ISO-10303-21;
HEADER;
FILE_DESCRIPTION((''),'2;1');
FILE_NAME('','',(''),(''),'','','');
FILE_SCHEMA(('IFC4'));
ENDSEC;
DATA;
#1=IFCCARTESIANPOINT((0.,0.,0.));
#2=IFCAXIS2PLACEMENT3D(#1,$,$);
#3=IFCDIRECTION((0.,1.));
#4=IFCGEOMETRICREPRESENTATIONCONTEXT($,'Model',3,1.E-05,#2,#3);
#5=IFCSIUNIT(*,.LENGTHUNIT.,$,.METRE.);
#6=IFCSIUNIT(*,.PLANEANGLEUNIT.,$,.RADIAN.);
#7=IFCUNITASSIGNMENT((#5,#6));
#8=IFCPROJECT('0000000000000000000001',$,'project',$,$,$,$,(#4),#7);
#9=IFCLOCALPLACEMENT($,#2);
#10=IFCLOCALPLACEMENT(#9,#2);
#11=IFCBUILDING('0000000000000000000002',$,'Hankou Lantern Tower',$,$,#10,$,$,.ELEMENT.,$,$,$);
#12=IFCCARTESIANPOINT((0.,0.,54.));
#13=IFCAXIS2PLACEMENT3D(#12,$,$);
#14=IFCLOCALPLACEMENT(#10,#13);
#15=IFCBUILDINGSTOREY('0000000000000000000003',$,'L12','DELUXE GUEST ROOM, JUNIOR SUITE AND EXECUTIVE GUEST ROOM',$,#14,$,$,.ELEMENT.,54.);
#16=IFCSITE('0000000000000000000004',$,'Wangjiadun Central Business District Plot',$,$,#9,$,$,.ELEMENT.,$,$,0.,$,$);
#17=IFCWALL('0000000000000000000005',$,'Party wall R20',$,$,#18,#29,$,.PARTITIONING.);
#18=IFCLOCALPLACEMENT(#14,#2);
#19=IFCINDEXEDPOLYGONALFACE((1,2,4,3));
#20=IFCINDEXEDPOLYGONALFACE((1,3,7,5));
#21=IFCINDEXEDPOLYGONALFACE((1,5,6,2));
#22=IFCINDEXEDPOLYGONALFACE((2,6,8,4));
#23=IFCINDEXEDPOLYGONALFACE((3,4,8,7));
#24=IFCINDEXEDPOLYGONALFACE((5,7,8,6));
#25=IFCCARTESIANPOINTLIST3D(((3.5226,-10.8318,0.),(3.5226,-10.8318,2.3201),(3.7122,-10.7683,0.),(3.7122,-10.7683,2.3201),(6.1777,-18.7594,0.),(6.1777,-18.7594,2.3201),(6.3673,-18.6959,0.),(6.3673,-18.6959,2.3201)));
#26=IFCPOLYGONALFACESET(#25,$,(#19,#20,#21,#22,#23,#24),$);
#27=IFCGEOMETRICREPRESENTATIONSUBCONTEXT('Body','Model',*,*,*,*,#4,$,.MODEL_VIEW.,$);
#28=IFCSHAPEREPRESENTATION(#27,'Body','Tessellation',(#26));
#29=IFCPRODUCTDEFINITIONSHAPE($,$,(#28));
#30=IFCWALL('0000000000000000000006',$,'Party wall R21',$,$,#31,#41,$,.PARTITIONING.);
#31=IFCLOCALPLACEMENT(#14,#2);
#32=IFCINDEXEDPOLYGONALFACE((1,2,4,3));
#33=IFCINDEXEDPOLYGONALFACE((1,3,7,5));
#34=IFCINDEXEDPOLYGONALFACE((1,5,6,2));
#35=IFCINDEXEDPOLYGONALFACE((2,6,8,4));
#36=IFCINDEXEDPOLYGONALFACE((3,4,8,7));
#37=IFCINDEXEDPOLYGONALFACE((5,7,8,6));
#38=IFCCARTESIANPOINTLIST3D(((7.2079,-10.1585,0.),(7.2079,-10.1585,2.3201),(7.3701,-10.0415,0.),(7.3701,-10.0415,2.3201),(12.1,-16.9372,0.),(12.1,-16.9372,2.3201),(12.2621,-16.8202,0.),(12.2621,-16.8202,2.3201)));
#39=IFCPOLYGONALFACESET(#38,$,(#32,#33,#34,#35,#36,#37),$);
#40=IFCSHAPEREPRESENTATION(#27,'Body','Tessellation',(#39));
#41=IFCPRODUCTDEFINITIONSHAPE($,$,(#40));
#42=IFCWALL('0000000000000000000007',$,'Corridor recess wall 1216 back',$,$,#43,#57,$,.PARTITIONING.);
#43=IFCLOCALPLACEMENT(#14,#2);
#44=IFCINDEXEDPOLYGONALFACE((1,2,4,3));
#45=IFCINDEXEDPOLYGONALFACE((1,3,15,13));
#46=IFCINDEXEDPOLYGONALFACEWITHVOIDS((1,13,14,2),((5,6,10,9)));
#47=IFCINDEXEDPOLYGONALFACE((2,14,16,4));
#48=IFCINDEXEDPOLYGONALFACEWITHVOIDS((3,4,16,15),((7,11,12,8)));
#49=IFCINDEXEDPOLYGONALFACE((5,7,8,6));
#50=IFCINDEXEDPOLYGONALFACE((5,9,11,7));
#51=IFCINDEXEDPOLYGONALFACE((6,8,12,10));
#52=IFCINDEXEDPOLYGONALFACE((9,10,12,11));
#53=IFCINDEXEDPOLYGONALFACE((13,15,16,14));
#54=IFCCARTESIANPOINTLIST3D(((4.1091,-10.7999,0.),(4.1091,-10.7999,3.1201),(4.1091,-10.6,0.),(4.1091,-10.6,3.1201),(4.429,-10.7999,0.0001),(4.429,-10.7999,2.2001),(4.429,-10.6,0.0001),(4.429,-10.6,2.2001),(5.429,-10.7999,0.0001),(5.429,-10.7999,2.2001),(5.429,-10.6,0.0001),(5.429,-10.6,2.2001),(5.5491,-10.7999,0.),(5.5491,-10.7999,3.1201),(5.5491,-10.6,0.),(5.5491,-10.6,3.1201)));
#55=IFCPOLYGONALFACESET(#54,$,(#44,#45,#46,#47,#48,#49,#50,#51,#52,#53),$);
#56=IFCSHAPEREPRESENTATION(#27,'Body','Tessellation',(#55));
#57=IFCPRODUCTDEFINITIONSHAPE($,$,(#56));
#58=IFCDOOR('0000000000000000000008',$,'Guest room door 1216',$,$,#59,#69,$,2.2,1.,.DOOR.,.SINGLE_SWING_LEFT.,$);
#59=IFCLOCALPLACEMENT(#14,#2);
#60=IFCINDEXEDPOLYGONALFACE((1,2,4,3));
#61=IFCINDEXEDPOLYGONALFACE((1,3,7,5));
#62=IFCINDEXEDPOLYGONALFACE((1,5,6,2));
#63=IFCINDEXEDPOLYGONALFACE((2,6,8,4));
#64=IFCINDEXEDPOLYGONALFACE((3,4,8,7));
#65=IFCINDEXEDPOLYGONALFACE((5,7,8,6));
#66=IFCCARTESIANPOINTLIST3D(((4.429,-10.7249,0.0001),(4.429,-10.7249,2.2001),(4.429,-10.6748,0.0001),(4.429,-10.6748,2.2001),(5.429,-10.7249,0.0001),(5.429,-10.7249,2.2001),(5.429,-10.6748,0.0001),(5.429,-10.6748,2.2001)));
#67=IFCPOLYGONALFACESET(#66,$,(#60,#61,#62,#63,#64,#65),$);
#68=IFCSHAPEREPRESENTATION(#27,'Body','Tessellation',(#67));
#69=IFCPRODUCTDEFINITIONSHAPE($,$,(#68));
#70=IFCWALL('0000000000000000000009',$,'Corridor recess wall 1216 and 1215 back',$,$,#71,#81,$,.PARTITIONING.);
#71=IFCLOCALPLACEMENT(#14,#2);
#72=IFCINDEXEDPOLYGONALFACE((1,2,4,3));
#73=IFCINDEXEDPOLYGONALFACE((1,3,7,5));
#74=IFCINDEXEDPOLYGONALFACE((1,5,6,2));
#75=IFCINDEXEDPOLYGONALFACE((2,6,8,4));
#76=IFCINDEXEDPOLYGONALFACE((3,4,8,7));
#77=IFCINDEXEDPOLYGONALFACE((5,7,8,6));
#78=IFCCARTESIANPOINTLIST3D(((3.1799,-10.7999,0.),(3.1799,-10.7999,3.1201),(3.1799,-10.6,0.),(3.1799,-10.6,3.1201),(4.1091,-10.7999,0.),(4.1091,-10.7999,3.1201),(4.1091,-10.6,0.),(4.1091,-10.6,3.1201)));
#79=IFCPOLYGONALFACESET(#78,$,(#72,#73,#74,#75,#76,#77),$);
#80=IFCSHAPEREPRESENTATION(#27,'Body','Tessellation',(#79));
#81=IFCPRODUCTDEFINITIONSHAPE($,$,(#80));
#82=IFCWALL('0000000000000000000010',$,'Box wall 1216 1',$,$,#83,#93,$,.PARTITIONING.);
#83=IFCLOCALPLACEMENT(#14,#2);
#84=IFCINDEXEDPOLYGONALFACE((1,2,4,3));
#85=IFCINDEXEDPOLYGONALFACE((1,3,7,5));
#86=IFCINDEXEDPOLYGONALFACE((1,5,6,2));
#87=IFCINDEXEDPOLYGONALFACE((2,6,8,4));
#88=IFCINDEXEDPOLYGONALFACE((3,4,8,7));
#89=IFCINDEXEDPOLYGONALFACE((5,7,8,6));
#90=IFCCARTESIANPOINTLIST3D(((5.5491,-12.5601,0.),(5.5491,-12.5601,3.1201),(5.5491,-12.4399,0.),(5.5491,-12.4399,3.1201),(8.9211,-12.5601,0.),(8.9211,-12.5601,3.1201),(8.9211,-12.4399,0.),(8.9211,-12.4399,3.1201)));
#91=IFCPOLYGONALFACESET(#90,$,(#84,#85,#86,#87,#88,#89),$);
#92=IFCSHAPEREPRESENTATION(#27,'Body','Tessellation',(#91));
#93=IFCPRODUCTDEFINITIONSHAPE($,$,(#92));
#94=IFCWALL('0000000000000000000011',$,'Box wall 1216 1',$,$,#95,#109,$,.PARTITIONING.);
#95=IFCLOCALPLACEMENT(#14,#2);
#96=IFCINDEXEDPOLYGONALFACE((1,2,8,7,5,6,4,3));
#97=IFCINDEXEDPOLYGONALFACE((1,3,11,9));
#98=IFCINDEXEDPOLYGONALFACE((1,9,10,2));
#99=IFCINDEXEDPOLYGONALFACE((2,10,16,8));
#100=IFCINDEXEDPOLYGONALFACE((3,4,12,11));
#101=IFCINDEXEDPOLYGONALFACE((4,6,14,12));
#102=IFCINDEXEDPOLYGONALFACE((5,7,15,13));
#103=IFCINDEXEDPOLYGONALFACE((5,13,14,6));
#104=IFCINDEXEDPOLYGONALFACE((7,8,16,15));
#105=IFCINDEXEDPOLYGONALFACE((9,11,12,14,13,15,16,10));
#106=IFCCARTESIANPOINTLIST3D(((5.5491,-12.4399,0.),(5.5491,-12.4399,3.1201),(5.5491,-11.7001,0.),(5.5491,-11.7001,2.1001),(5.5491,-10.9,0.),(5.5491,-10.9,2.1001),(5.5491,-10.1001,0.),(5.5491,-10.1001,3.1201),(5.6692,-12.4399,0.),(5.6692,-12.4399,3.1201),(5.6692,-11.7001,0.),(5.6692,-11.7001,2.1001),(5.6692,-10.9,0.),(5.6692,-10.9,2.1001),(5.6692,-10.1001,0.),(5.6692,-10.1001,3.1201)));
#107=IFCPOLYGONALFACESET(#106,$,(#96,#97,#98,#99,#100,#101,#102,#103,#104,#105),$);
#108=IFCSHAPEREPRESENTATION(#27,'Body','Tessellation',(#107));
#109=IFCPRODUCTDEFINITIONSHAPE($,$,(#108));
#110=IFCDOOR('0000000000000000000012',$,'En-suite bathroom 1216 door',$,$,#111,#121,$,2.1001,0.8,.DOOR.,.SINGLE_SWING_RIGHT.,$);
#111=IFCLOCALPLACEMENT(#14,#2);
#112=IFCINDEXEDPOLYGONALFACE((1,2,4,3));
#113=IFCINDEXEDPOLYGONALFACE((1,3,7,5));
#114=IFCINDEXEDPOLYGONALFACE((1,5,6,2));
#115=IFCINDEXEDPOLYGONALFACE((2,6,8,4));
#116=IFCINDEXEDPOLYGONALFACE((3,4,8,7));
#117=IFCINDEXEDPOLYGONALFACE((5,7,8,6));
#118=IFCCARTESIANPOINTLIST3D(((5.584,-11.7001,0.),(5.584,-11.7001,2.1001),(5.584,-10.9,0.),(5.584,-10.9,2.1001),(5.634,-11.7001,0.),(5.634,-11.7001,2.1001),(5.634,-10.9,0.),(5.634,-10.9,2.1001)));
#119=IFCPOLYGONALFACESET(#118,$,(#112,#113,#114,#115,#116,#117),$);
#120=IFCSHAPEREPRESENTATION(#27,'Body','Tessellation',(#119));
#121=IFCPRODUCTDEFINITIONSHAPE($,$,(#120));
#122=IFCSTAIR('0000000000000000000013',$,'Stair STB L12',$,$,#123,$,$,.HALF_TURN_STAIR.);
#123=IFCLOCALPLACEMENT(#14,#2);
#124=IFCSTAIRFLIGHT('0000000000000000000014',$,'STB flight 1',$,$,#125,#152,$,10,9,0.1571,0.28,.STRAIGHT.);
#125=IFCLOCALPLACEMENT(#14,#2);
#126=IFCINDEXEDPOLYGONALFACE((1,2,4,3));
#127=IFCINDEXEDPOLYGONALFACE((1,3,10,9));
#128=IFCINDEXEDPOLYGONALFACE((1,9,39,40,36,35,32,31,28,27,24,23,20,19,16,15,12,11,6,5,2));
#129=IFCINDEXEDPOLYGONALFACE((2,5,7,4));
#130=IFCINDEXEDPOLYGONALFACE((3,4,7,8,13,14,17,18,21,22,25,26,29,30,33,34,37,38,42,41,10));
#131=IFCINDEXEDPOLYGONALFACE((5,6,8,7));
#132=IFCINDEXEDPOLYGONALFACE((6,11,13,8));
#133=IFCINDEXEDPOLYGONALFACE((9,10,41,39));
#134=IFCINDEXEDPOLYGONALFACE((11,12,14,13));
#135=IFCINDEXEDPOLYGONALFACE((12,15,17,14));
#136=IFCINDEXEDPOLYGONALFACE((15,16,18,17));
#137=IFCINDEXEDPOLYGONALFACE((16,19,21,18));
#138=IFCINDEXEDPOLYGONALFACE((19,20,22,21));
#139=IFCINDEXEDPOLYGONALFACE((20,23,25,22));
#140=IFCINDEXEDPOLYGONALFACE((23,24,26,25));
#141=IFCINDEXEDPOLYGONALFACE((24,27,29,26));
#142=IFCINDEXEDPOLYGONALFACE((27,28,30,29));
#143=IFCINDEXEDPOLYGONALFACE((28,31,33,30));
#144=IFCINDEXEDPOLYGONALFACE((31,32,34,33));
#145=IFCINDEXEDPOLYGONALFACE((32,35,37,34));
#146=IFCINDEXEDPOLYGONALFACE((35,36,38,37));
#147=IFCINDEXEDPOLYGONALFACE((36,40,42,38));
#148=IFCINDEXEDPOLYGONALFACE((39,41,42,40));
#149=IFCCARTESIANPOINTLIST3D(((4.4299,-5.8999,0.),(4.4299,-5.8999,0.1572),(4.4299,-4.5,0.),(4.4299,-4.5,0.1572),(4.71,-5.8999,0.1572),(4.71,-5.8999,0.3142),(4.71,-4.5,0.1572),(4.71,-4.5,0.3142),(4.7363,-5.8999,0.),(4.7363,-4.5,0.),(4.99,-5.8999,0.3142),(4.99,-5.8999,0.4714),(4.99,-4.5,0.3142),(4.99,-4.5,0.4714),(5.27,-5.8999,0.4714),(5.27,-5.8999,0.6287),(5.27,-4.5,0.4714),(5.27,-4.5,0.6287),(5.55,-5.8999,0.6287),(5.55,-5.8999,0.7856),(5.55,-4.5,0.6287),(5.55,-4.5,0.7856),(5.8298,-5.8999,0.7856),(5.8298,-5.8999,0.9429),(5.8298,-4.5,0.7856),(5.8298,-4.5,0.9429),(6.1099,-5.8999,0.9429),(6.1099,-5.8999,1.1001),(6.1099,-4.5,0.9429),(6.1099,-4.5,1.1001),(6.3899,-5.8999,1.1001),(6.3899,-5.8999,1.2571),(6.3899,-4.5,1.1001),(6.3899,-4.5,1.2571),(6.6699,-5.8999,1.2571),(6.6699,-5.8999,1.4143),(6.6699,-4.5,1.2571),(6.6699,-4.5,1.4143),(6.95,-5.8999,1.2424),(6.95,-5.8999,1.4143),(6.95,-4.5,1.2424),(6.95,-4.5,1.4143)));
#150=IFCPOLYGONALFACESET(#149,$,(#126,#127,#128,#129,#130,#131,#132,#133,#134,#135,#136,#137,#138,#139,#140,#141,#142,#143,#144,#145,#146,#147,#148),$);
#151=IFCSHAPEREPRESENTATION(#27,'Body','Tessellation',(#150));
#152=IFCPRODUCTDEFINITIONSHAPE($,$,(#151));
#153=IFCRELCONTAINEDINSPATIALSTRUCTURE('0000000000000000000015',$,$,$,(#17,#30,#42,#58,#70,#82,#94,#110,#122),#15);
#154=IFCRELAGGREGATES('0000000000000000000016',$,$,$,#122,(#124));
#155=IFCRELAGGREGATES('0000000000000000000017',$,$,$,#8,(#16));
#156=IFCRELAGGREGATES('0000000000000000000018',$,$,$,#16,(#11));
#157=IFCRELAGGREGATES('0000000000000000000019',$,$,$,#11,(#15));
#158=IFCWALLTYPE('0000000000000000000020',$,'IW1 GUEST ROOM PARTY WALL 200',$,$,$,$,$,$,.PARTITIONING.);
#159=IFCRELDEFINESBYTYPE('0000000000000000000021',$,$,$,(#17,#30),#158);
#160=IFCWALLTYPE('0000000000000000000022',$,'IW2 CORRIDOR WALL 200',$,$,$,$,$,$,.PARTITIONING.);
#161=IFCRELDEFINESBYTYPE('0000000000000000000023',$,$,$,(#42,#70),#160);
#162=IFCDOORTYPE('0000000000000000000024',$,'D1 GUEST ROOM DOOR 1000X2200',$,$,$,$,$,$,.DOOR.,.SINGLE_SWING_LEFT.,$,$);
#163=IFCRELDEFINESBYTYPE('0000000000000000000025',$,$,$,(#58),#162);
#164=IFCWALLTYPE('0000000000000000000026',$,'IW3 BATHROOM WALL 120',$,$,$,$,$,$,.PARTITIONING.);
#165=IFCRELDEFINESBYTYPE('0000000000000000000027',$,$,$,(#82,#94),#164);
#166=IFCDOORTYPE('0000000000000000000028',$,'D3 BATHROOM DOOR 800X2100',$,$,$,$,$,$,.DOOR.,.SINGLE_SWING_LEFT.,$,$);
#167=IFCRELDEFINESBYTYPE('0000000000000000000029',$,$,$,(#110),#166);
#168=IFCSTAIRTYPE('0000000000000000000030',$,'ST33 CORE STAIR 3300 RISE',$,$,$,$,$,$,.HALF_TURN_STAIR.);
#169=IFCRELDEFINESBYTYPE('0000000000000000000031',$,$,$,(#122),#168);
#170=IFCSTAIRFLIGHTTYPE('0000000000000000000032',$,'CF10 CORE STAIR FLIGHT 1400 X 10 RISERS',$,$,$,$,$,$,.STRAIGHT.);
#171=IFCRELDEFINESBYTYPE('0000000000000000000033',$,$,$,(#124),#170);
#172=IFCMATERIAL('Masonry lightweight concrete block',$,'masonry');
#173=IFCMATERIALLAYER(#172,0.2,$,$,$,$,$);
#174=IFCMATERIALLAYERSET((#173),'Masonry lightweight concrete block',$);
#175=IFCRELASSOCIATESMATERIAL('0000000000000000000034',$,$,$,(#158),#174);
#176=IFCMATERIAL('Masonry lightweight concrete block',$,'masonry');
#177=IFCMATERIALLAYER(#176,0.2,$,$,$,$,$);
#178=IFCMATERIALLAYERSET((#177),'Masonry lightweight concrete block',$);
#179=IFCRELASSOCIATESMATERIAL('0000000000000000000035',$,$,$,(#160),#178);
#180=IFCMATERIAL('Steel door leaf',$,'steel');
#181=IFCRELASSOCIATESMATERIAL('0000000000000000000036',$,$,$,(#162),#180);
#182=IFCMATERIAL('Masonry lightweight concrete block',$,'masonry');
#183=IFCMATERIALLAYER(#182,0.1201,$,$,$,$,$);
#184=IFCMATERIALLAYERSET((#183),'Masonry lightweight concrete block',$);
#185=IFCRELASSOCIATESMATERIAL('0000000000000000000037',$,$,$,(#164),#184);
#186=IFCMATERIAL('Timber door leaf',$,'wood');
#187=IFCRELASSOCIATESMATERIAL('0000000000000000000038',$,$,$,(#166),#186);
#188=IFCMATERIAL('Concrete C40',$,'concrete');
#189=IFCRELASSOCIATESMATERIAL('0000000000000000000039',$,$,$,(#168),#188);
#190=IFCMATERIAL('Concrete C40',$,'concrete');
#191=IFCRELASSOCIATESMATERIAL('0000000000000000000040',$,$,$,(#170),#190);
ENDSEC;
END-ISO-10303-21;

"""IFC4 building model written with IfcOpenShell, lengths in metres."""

from ifc_helpers import new_model, si_unit, direction, frame, frame_2d, origin, place, context, subcontext, project, spatial, polyline, rectangle, outline, extrude, material, layer, layer_set, type_object, element, fill, aggregate, save


model = new_model("IFC4")

# Units and contexts
model_context = context("Model", 3, precision=1e-05, world=origin(), true_north=direction((0.0, 1.0)))
body_context = subcontext(model_context, "Body", "Model", "MODEL_VIEW")
ifc_project = project(units=[si_unit("LENGTHUNIT", "METRE"), si_unit("PLANEANGLEUNIT", "RADIAN")], contexts=[model_context])

# Site, building, storey
site_placement = place(None, origin())
site = spatial("IfcSite", under=ifc_project, at=site_placement, Name="Wangjiadun Central Business District Plot", CompositionType="ELEMENT", RefElevation=0.0)
building_placement = place(site_placement, origin())
building = spatial("IfcBuilding", under=site, at=building_placement, Name="Hankou Lantern Tower", CompositionType="ELEMENT")
storey_placement = place(building_placement, frame((0.0, 0.0, 54.0)))
storey = spatial("IfcBuildingStorey", under=building, at=storey_placement, Name="L12", Description="DELUXE GUEST ROOM, JUNIOR SUITE AND EXECUTIVE GUEST ROOM", CompositionType="ELEMENT", Elevation=54.0)

# Walls
ifc_material_1 = material(Name="Masonry lightweight concrete block", Category="masonry")
ifc_layer_1 = layer(ifc_material_1, 0.2)
ifc_layer_set_1 = layer_set([ifc_layer_1], Name="Masonry lightweight concrete block")
wall_type_1 = type_object("IfcWallType", Name="IW1 GUEST ROOM PARTY WALL 200", PredefinedType="PARTITIONING", material=ifc_layer_set_1)
wall_1_placement = place(storey_placement, frame((3.6174, -10.8, 0.0), z_axis=(0.0, 0.0, 1.0), x_axis=(0.317577, -0.948233, 0.0)))
element("IfcWall", 1, at=wall_1_placement, inside=storey, type_object=wall_type_1, Name="Party wall R20", PredefinedType="PARTITIONING", context=body_context, shape_type="SweptSolid", body=[
    extrude(rectangle(XDim=8.3604, YDim=0.2, at=frame_2d((4.1802, 0.0))), origin(), (0.0, 0.0, 1.0), 2.3201),
])
wall_2_placement = place(storey_placement, frame((7.2891, -10.1001, 0.0), z_axis=(0.0, 0.0, 1.0), x_axis=(0.585198, -0.81089, 0.0)))
element("IfcWall", 2, at=wall_2_placement, inside=storey, type_object=wall_type_1, Name="Party wall R21", PredefinedType="PARTITIONING", context=body_context, shape_type="SweptSolid", body=[
    extrude(rectangle(XDim=8.3596, YDim=0.2, at=frame_2d((4.1797, 0.0))), origin(), (0.0, 0.0, 1.0), 2.3201),
])

# Wall, opening, door
ifc_material_2 = material(Name="Masonry lightweight concrete block", Category="masonry")
ifc_layer_2 = layer(ifc_material_2, 0.2)
ifc_layer_set_2 = layer_set([ifc_layer_2], Name="Masonry lightweight concrete block")
wall_type_2 = type_object("IfcWallType", Name="IW2 CORRIDOR WALL 200", PredefinedType="PARTITIONING", material=ifc_layer_set_2)
wall_3_placement = place(storey_placement, frame((5.5491, -10.7, 0.0), z_axis=(0.0, 0.0, 1.0), x_axis=(-1.0, 0.0, 0.0)))
wall_3 = element("IfcWall", 3, at=wall_3_placement, inside=storey, type_object=wall_type_2, Name="Corridor recess wall 1216 back", PredefinedType="PARTITIONING", context=body_context, shape_type="SweptSolid", body=[
    extrude(rectangle(XDim=1.4399, YDim=0.2, at=frame_2d((0.72, 0.0))), origin(), (0.0, 0.0, 1.0), 3.1201),
])
opening_1_placement = place(wall_3_placement, frame((0.1201, 0.0, 0.0)))
opening_1 = element("IfcOpeningElement", 4, at=opening_1_placement, cuts=wall_3, PredefinedType="OPENING", context=body_context, shape_type="SweptSolid", body=[
    extrude(rectangle(XDim=1.0, YDim=2.2, at=frame_2d((0.5, 1.1001))), frame((0.0, 0.1099, 0.0), z_axis=(0.0, -1.0, 0.0), x_axis=(1.0, 0.0, 0.0)), (0.0, 0.0, 1.0), 0.22),
])
ifc_material_3 = material(Name="Steel door leaf", Category="steel")
door_type_1 = type_object("IfcDoorType", Name="D1 GUEST ROOM DOOR 1000X2200", OperationType="SINGLE_SWING_LEFT", PredefinedType="DOOR", material=ifc_material_3)
door_1_placement = place(opening_1_placement, origin())
door_1 = element("IfcDoor", 5, at=door_1_placement, inside=storey, type_object=door_type_1, Name="Guest room door 1216", OperationType="SINGLE_SWING_LEFT", OverallHeight=2.2, OverallWidth=1.0, PredefinedType="DOOR", context=body_context, shape_type="SweptSolid", body=[
    extrude(rectangle(XDim=1.0, YDim=2.2, at=frame_2d((0.5, 1.1001))), frame((0.0, 0.0249, 0.0), z_axis=(0.0, -1.0, 0.0), x_axis=(1.0, 0.0, 0.0)), (0.0, 0.0, 1.0), 0.05),
])
fill(opening_1, door_1)

# Walls
wall_4_placement = place(storey_placement, frame((4.1091, -10.7, 0.0), z_axis=(0.0, 0.0, 1.0), x_axis=(-1.0, 0.0, 0.0)))
element("IfcWall", 6, at=wall_4_placement, inside=storey, type_object=wall_type_2, Name="Corridor recess wall 1216 and 1215 back", PredefinedType="PARTITIONING", context=body_context, shape_type="SweptSolid", body=[
    extrude(rectangle(XDim=0.9292, YDim=0.2, at=frame_2d((0.4646, 0.0))), origin(), (0.0, 0.0, 1.0), 3.1201),
])
ifc_material_4 = material(Name="Masonry lightweight concrete block", Category="masonry")
ifc_layer_3 = layer(ifc_material_4, 0.1201)
ifc_layer_set_3 = layer_set([ifc_layer_3], Name="Masonry lightweight concrete block")
wall_type_3 = type_object("IfcWallType", Name="IW3 BATHROOM WALL 120", PredefinedType="PARTITIONING", material=ifc_layer_set_3)
wall_5_placement = place(storey_placement, frame((8.9211, -12.5, 0.0), z_axis=(0.0, 0.0, 1.0), x_axis=(-1.0, 0.0, 0.0)))
element("IfcWall", 7, at=wall_5_placement, inside=storey, type_object=wall_type_3, Name="Box wall 1216 1", PredefinedType="PARTITIONING", context=body_context, shape_type="SweptSolid", body=[
    extrude(rectangle(XDim=3.3721, YDim=0.1201, at=frame_2d((1.686, 0.0))), origin(), (0.0, 0.0, 1.0), 3.1201),
])

# Wall, opening, door
wall_6_placement = place(storey_placement, frame((5.6091, -10.1001, 0.0), z_axis=(0.0, 0.0, 1.0), x_axis=(0.0, -1.0, 0.0)))
wall_6 = element("IfcWall", 8, at=wall_6_placement, inside=storey, type_object=wall_type_3, Name="Box wall 1216 1", PredefinedType="PARTITIONING", context=body_context, shape_type="SweptSolid", body=[
    extrude(rectangle(XDim=2.3398, YDim=0.1201, at=frame_2d((1.1699, 0.0))), origin(), (0.0, 0.0, 1.0), 3.1201),
])
opening_2_placement = place(wall_6_placement, frame((0.8, 0.0, 0.0)))
opening_2 = element("IfcOpeningElement", 9, at=opening_2_placement, cuts=wall_6, PredefinedType="OPENING", context=body_context, shape_type="SweptSolid", body=[
    extrude(rectangle(XDim=0.8, YDim=2.1001, at=frame_2d((0.3999, 1.05))), frame((0.0, 0.0701, 0.0), z_axis=(0.0, -1.0, 0.0), x_axis=(1.0, 0.0, 0.0)), (0.0, 0.0, 1.0), 0.1401),
])
ifc_material_5 = material(Name="Timber door leaf", Category="wood")
door_type_2 = type_object("IfcDoorType", Name="D3 BATHROOM DOOR 800X2100", OperationType="SINGLE_SWING_LEFT", PredefinedType="DOOR", material=ifc_material_5)
door_2_placement = place(opening_2_placement, origin())
door_2 = element("IfcDoor", 10, at=door_2_placement, inside=storey, type_object=door_type_2, Name="En-suite bathroom 1216 door", OperationType="SINGLE_SWING_RIGHT", OverallHeight=2.1001, OverallWidth=0.8, PredefinedType="DOOR", context=body_context, shape_type="SweptSolid", body=[
    extrude(rectangle(XDim=0.8, YDim=2.1001, at=frame_2d((0.3999, 1.05))), frame((0.0, 0.0249, 0.0), z_axis=(0.0, -1.0, 0.0), x_axis=(1.0, 0.0, 0.0)), (0.0, 0.0, 1.0), 0.05),
])
fill(opening_2, door_2)

# Stair, stair flight
ifc_material_6 = material(Name="Concrete C40", Category="concrete")
stair_type = type_object("IfcStairType", Name="ST33 CORE STAIR 3300 RISE", PredefinedType="HALF_TURN_STAIR", material=ifc_material_6)
stair_placement = place(storey_placement, origin())
stair = element("IfcStair", 11, at=stair_placement, inside=storey, type_object=stair_type, Name="Stair STB L12", PredefinedType="HALF_TURN_STAIR")
ifc_material_7 = material(Name="Concrete C40", Category="concrete")
stair_flight_type_1 = type_object("IfcStairFlightType", Name="CF10 CORE STAIR FLIGHT 1400 X 10 RISERS", PredefinedType="STRAIGHT", material=ifc_material_7)
stair_flight_1_placement = place(storey_placement, frame((4.4299, -5.2, 0.0), z_axis=(0.0, 0.0, 1.0), x_axis=(1.0, 0.0, 0.0)))
stair_flight_1 = element("IfcStairFlight", 12, at=stair_flight_1_placement, type_object=stair_flight_type_1, Name="STB flight 1", NumberOfRisers=10, NumberOfTreads=9, PredefinedType="STRAIGHT", RiserHeight=0.1571, TreadLength=0.28, context=body_context, shape_type="SweptSolid", body=[
    extrude(outline(polyline([(0.0, 0.0), (0.0, 0.1572), (0.28, 0.1572), (0.28, 0.3142), (0.5601, 0.3142), (0.5601, 0.4714), (0.8401, 0.4714), (0.8401, 0.6287), (1.1201, 0.6287), (1.1201, 0.7856), (1.3999, 0.7856), (1.3999, 0.9429), (1.6799, 0.9429), (1.6799, 1.1001), (1.96, 1.1001), (1.96, 1.2571), (2.24, 1.2571), (2.24, 1.4143), (2.52, 1.4143), (2.52, 1.5715), (2.52, 1.2424), (0.3064, 0.0), (0.0, 0.0)])), frame((0.0, 0.7, 0.0), z_axis=(0.0, -1.0, 0.0), x_axis=(1.0, 0.0, 0.0)), (0.0, 0.0, 1.0), 1.3999),
])
aggregate(stair, [stair_flight_1])

save(model, "model.ifc")
